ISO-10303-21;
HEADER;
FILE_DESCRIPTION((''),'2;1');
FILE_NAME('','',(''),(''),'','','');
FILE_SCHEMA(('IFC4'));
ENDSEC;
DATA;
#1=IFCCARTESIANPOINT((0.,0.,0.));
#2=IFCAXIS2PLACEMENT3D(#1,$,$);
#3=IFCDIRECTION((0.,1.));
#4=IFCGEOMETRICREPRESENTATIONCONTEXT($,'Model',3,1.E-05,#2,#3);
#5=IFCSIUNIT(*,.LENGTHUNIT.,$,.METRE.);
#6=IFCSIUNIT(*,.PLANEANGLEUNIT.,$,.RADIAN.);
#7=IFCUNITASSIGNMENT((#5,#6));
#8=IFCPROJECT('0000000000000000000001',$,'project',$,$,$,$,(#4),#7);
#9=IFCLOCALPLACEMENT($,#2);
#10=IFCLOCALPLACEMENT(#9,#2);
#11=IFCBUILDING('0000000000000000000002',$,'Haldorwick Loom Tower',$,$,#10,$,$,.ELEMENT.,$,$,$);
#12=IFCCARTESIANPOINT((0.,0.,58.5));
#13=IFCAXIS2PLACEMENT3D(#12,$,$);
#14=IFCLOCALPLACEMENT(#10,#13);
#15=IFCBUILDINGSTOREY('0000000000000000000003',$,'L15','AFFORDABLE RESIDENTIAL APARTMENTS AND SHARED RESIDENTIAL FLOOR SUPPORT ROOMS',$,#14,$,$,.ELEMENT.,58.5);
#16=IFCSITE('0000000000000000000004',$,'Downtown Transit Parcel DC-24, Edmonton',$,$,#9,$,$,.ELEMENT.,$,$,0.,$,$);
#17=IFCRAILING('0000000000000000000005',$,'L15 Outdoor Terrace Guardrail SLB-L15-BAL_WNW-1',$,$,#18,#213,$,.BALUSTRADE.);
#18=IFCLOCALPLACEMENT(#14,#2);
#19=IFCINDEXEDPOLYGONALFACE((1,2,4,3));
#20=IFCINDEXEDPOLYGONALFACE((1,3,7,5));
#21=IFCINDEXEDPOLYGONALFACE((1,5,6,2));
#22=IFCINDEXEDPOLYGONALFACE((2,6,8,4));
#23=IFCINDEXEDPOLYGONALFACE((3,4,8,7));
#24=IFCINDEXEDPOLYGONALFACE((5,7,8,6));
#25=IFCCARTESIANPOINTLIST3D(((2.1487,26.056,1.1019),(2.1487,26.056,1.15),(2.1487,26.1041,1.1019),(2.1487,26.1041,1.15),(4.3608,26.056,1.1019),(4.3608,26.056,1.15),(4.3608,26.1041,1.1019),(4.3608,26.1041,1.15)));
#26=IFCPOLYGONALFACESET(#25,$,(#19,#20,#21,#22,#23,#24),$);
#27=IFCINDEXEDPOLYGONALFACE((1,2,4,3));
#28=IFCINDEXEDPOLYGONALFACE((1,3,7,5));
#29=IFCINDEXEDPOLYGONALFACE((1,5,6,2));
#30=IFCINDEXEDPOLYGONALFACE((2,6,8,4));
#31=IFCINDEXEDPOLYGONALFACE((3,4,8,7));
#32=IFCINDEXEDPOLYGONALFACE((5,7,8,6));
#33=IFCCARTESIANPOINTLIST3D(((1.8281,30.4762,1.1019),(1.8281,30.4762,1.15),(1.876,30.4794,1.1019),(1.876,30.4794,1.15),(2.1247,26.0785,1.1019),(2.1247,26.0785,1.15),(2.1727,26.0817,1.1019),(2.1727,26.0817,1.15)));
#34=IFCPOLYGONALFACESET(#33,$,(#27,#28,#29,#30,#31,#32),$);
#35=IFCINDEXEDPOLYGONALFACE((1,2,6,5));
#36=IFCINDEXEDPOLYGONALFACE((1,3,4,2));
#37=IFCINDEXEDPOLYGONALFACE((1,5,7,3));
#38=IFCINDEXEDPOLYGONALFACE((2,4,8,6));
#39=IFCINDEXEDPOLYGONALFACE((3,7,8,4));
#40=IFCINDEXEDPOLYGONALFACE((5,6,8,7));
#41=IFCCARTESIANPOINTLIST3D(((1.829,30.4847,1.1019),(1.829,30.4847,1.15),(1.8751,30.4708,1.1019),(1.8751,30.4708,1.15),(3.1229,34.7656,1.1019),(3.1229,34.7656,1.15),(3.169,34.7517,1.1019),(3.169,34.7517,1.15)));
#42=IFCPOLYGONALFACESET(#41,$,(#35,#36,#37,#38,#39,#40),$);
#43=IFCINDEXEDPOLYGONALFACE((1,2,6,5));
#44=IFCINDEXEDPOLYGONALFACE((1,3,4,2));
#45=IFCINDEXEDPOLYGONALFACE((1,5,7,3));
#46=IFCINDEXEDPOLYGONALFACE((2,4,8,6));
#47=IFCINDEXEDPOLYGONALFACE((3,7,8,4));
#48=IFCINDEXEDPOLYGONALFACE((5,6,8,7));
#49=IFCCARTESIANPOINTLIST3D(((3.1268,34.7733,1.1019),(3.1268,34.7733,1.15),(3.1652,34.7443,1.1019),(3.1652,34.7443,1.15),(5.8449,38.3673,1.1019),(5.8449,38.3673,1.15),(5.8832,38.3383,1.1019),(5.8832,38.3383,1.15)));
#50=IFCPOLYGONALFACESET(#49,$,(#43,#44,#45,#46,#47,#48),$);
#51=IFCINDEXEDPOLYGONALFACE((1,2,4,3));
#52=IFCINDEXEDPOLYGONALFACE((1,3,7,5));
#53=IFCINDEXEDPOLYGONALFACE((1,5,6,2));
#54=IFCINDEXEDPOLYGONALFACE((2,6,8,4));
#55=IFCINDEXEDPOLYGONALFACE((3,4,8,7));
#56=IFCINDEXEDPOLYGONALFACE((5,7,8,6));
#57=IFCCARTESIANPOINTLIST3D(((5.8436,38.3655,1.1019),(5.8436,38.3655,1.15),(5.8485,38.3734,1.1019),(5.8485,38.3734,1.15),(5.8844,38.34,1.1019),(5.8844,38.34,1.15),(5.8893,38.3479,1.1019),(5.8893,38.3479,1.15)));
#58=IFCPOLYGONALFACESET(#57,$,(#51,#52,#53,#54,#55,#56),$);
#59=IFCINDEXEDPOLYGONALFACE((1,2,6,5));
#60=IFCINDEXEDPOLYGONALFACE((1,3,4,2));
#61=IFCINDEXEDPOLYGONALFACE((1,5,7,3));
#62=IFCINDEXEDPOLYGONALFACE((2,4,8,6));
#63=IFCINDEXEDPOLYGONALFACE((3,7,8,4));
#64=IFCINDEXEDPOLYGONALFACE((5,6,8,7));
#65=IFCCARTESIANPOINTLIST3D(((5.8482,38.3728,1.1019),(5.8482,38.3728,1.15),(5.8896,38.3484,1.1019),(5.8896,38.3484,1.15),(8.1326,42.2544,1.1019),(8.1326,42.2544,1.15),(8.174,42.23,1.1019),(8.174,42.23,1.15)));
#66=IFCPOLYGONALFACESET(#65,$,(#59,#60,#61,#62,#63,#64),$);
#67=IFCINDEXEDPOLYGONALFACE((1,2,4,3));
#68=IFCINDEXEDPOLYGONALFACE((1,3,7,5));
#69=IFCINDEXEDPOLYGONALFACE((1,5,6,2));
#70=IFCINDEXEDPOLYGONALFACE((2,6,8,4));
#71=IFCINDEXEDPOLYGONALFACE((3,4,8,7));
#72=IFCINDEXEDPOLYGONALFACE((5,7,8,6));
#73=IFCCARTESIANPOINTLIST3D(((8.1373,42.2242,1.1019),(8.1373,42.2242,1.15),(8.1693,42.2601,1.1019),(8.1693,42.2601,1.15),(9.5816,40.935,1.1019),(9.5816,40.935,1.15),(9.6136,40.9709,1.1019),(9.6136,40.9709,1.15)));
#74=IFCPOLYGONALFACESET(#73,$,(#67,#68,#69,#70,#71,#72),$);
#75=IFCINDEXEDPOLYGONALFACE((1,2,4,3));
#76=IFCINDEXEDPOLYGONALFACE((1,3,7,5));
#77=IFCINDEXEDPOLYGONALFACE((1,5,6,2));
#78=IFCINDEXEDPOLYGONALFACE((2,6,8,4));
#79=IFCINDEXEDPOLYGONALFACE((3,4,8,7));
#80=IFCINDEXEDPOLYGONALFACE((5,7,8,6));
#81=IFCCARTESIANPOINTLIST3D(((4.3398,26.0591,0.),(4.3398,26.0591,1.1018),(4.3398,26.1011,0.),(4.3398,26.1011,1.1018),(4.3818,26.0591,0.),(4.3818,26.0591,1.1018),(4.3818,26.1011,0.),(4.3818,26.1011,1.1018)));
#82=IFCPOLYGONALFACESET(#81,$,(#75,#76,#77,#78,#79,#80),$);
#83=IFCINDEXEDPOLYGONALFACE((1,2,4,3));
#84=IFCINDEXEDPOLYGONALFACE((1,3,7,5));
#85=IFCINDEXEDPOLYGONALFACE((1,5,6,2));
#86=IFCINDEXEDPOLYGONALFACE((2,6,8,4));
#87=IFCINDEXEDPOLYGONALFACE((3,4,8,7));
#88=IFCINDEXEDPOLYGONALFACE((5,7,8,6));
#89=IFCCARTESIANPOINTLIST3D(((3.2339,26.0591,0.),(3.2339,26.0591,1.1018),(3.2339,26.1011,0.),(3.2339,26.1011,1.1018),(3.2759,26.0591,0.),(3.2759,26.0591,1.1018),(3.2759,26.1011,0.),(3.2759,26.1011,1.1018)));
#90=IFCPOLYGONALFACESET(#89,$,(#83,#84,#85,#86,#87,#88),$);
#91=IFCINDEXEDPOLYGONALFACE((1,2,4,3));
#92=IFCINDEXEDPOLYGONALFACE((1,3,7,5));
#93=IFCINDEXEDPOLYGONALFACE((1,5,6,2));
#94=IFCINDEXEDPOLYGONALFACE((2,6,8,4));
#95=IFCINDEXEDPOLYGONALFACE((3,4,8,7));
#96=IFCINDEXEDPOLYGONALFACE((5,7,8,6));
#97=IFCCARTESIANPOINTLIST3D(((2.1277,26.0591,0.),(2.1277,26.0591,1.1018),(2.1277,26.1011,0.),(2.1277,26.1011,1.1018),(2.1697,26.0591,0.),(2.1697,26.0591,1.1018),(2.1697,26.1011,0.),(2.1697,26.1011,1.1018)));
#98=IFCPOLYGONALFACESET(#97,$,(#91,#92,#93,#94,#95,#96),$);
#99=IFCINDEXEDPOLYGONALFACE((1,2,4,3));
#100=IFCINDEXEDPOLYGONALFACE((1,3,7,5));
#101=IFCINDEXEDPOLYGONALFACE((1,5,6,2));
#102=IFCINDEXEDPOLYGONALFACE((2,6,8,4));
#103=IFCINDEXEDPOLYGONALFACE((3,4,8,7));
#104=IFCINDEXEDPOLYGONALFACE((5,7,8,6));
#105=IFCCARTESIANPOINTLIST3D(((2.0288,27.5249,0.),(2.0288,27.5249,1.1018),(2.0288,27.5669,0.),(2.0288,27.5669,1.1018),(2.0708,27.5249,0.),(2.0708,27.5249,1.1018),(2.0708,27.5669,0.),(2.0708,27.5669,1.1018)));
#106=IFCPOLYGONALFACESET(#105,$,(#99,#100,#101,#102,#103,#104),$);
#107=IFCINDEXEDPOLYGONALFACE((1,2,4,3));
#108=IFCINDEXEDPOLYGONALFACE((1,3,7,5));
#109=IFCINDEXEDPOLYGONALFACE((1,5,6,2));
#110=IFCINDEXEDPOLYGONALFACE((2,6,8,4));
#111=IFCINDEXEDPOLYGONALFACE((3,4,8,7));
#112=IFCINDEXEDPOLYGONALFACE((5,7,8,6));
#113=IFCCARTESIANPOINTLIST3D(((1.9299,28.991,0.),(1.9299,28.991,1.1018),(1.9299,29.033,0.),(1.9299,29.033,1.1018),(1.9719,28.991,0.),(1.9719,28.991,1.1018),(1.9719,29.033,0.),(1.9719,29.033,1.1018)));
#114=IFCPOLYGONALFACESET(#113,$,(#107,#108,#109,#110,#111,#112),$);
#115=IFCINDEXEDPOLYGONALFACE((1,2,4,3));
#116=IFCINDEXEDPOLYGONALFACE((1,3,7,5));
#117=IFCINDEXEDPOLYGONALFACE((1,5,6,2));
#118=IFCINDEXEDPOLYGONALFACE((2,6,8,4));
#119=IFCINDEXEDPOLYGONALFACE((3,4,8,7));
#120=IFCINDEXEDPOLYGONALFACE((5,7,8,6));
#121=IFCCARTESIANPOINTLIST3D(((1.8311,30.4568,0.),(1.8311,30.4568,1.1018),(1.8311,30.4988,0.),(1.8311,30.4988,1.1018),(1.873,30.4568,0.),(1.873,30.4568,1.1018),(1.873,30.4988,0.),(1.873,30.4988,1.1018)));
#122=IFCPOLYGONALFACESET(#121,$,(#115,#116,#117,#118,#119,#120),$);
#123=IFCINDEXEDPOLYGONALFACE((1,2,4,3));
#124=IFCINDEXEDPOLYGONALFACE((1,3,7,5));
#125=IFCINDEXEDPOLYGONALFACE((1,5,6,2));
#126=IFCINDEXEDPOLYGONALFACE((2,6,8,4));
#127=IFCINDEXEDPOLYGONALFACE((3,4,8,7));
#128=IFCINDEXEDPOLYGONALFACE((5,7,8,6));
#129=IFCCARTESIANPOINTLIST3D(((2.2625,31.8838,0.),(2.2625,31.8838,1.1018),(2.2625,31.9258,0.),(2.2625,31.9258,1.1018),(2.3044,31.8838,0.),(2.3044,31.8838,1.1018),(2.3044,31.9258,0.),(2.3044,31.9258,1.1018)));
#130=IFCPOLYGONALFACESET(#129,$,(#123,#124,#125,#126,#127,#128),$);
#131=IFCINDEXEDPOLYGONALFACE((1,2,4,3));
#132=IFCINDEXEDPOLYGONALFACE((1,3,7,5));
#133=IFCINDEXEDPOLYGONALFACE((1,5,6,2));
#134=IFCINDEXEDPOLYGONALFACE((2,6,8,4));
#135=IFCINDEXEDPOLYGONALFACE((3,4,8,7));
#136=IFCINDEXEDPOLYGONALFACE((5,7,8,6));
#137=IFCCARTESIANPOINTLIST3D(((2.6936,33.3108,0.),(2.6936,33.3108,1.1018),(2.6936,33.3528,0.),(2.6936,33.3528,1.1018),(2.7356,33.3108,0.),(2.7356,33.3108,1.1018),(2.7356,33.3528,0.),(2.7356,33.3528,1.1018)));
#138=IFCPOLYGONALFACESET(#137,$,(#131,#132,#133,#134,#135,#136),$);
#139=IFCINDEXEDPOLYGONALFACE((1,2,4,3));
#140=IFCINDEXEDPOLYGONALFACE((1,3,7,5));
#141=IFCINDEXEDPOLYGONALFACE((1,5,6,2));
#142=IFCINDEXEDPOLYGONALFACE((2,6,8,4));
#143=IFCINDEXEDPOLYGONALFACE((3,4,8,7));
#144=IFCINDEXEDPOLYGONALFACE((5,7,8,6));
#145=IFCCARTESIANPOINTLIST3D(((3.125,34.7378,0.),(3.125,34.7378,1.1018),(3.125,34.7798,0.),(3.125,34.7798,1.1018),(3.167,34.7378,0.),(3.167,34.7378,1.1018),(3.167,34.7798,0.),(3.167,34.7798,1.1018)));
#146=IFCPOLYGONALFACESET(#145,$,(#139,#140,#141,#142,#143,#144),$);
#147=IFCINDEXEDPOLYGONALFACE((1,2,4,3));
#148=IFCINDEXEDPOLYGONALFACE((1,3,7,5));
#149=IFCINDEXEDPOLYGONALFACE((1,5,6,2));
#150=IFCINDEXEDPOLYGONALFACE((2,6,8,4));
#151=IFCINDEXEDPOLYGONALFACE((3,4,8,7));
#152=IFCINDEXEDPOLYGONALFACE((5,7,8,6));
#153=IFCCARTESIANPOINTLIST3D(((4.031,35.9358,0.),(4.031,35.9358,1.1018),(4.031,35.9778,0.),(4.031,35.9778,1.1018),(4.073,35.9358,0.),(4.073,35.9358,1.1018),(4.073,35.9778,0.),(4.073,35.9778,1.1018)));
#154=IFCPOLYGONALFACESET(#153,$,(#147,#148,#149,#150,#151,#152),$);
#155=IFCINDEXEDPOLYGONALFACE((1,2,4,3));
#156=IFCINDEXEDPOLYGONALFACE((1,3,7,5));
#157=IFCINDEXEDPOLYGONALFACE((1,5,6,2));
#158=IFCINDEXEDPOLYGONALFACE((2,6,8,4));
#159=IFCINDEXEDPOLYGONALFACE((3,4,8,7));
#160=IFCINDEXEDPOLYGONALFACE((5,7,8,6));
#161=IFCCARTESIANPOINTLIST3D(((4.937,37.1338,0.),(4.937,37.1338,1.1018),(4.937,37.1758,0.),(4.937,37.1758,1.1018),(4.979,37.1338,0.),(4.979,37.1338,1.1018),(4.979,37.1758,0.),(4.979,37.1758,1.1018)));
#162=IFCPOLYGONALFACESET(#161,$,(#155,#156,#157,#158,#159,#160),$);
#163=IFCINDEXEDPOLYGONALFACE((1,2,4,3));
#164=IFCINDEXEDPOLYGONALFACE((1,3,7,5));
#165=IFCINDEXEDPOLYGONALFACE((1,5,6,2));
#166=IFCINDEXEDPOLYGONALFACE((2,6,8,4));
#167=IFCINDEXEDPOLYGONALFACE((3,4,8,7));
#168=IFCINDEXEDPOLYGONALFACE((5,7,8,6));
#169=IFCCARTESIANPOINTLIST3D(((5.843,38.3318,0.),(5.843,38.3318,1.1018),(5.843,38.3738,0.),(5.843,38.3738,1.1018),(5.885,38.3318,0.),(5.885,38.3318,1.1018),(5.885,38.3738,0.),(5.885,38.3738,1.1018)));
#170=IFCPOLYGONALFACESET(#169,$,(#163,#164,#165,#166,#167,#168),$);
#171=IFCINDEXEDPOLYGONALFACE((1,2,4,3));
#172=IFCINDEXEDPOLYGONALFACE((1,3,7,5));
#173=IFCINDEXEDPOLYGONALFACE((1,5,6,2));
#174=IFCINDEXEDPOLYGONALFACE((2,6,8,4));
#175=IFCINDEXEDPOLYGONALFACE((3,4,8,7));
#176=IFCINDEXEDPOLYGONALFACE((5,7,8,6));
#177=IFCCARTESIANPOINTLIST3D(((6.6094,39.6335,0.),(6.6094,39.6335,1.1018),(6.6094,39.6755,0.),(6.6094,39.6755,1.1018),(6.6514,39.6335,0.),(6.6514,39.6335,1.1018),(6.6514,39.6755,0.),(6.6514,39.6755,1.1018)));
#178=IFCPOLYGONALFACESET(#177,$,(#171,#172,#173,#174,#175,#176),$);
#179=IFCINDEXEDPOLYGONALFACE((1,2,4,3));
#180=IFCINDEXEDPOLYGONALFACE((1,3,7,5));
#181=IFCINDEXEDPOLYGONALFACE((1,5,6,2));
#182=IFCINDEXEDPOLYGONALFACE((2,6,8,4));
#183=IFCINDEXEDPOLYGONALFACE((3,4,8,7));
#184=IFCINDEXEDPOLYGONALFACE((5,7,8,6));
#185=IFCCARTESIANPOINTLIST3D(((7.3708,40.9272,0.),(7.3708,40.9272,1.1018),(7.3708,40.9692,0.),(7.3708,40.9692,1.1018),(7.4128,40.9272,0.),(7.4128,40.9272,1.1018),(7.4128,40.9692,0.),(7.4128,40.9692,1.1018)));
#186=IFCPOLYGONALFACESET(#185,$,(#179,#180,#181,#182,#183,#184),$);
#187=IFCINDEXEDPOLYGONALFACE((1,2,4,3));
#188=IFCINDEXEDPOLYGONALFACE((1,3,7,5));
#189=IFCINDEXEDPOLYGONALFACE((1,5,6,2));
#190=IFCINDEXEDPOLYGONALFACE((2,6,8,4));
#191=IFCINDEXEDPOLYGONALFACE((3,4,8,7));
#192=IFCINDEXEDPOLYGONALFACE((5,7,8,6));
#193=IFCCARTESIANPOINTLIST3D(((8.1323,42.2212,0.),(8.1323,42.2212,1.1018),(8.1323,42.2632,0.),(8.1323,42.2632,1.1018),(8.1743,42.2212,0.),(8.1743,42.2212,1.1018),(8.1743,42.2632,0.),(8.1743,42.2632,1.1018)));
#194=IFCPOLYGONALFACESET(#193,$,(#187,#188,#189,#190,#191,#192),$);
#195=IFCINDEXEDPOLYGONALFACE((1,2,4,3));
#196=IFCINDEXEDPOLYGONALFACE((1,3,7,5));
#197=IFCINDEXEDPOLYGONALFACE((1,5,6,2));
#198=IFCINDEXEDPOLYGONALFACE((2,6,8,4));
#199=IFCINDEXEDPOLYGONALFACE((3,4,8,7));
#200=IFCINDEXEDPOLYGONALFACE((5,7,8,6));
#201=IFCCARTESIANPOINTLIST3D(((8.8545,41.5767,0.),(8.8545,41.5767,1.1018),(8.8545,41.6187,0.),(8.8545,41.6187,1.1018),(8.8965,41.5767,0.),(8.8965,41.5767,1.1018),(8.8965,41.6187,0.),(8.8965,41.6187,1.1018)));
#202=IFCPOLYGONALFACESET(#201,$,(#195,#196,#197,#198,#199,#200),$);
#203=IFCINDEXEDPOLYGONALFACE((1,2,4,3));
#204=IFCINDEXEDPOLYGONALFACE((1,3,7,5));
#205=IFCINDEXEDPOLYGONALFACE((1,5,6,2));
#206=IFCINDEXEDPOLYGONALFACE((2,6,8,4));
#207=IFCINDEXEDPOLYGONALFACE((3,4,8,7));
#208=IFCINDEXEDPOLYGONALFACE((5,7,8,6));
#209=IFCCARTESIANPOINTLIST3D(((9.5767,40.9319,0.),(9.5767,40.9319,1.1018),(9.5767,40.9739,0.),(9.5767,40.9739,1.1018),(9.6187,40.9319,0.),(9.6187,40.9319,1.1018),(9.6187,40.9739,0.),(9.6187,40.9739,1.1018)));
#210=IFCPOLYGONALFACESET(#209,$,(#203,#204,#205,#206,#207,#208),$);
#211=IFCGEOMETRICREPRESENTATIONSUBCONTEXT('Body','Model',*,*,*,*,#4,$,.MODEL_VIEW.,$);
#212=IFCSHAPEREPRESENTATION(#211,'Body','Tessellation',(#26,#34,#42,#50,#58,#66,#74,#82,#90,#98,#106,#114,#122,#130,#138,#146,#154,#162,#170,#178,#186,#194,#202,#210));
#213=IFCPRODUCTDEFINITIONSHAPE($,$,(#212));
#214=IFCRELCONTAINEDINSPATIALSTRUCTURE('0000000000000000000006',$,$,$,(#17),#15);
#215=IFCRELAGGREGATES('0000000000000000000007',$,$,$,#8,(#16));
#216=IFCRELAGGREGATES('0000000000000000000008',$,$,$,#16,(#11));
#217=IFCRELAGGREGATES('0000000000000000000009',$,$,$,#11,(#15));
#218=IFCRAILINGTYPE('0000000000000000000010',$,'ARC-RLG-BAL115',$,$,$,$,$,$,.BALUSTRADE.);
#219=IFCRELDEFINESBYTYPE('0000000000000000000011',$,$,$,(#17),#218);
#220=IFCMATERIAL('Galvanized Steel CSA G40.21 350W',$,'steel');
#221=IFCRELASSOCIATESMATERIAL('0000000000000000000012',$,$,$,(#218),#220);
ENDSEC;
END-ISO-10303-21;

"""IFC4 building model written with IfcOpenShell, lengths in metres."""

from ifc_helpers import new_model, si_unit, direction, frame, origin, origin_2d, place, context, subcontext, project, spatial, rectangle, extrude, material, type_object, element, save


model = new_model("IFC4")

# Units and contexts
model_context = context("Model", 3, precision=1e-05, world=origin(), true_north=direction((0.0, 1.0)))
body_context = subcontext(model_context, "Body", "Model", "MODEL_VIEW")
ifc_project = project(units=[si_unit("LENGTHUNIT", "METRE"), si_unit("PLANEANGLEUNIT", "RADIAN")], contexts=[model_context])

# Site, building, storey
site_placement = place(None, origin())
site = spatial("IfcSite", under=ifc_project, at=site_placement, Name="Downtown Transit Parcel DC-24, Edmonton", CompositionType="ELEMENT", RefElevation=0.0)
building_placement = place(site_placement, origin())
building = spatial("IfcBuilding", under=site, at=building_placement, Name="Haldorwick Loom Tower", CompositionType="ELEMENT")
storey_placement = place(building_placement, frame((0.0, 0.0, 58.5)))
storey = spatial("IfcBuildingStorey", under=building, at=storey_placement, Name="L15", Description="AFFORDABLE RESIDENTIAL APARTMENTS AND SHARED RESIDENTIAL FLOOR SUPPORT ROOMS", CompositionType="ELEMENT", Elevation=58.5)

# Railing
ifc_material_1 = material(Name="Galvanized Steel CSA G40.21 350W", Category="steel")
railing_type = type_object("IfcRailingType", Name="ARC-RLG-BAL115", PredefinedType="BALUSTRADE", material=ifc_material_1)
railing_placement = place(storey_placement, frame((4.3608, 26.0801, 0.0)))
element("IfcRailing", 1, at=railing_placement, inside=storey, type_object=railing_type, Name="L15 Outdoor Terrace Guardrail SLB-L15-BAL_WNW-1", PredefinedType="BALUSTRADE", context=body_context, shape_type="SweptSolid", body=[
    extrude(rectangle(XDim=0.0481, YDim=0.0481, at=origin_2d()), frame((0.0, 0.0, 1.126), z_axis=(-1.0, 0.0, 0.0), x_axis=(0.0, -1.0, 0.0)), (0.0, 0.0, 1.0), 2.2122),
    extrude(rectangle(XDim=0.0481, YDim=0.0481, at=origin_2d()), frame((-2.2122, 0.0, 1.126), z_axis=(-0.067298, 0.997733, 0.0), x_axis=(-0.997733, -0.067298, 0.0)), (0.0, 0.0, 1.0), 4.4077),
    extrude(rectangle(XDim=0.0481, YDim=0.0481, at=origin_2d()), frame((-2.5088, 4.3977, 1.126), z_axis=(0.289326, 0.957231, 0.0), x_axis=(-0.957231, 0.289326, 0.0)), (0.0, 0.0, 1.0), 4.4722),
    extrude(rectangle(XDim=0.0481, YDim=0.0481, at=origin_2d()), frame((-1.2148, 8.6787, 1.126), z_axis=(0.603194, 0.797594, 0.0), x_axis=(-0.797594, 0.603194, 0.0)), (0.0, 0.0, 1.0), 4.5061),
    extrude(rectangle(XDim=0.0481, YDim=0.0481, at=origin_2d()), frame((1.5032, 12.2727, 1.126), z_axis=(0.529999, 0.847998, 0.0), x_axis=(-0.847998, 0.529999, 0.0)), (0.0, 0.0, 1.0), 0.0093),
    extrude(rectangle(XDim=0.0481, YDim=0.0481, at=origin_2d()), frame((1.5081, 12.2805, 1.126), z_axis=(0.507207, 0.861824, 0.0), x_axis=(-0.861824, 0.507207, 0.0)), (0.0, 0.0, 1.0), 4.5039),
    extrude(rectangle(XDim=0.0481, YDim=0.0481, at=origin_2d()), frame((3.7925, 16.1621, 1.126), z_axis=(0.746009, -0.665936, 0.0), x_axis=(0.665936, 0.746009, 0.0)), (0.0, 0.0, 1.0), 1.936),
    extrude(rectangle(XDim=0.042, YDim=0.042, at=origin_2d()), origin(), (0.0, 0.0, 1.0), 1.1018),
    extrude(rectangle(XDim=0.042, YDim=0.042, at=origin_2d()), frame((-1.106, 0.0, 0.0)), (0.0, 0.0, 1.0), 1.1018),
    extrude(rectangle(XDim=0.042, YDim=0.042, at=origin_2d()), frame((-2.2122, 0.0, 0.0)), (0.0, 0.0, 1.0), 1.1018),
    extrude(rectangle(XDim=0.042, YDim=0.042, at=origin_2d()), frame((-2.311, 1.4658, 0.0)), (0.0, 0.0, 1.0), 1.1018),
    extrude(rectangle(XDim=0.042, YDim=0.042, at=origin_2d()), frame((-2.4099, 2.9319, 0.0)), (0.0, 0.0, 1.0), 1.1018),
    extrude(rectangle(XDim=0.042, YDim=0.042, at=origin_2d()), frame((-2.5088, 4.3977, 0.0)), (0.0, 0.0, 1.0), 1.1018),
    extrude(rectangle(XDim=0.042, YDim=0.042, at=origin_2d()), frame((-2.0774, 5.8247, 0.0)), (0.0, 0.0, 1.0), 1.1018),
    extrude(rectangle(XDim=0.042, YDim=0.042, at=origin_2d()), frame((-1.6462, 7.2517, 0.0)), (0.0, 0.0, 1.0), 1.1018),
    extrude(rectangle(XDim=0.042, YDim=0.042, at=origin_2d()), frame((-1.2148, 8.6787, 0.0)), (0.0, 0.0, 1.0), 1.1018),
    extrude(rectangle(XDim=0.042, YDim=0.042, at=origin_2d()), frame((-0.3088, 9.8767, 0.0)), (0.0, 0.0, 1.0), 1.1018),
    extrude(rectangle(XDim=0.042, YDim=0.042, at=origin_2d()), frame((0.5972, 11.0747, 0.0)), (0.0, 0.0, 1.0), 1.1018),
    extrude(rectangle(XDim=0.042, YDim=0.042, at=origin_2d()), frame((1.5032, 12.2727, 0.0)), (0.0, 0.0, 1.0), 1.1018),
    extrude(rectangle(XDim=0.042, YDim=0.042, at=origin_2d()), frame((2.2695, 13.5745, 0.0)), (0.0, 0.0, 1.0), 1.1018),
    extrude(rectangle(XDim=0.042, YDim=0.042, at=origin_2d()), frame((3.031, 14.8682, 0.0)), (0.0, 0.0, 1.0), 1.1018),
    extrude(rectangle(XDim=0.042, YDim=0.042, at=origin_2d()), frame((3.7925, 16.1621, 0.0)), (0.0, 0.0, 1.0), 1.1018),
    extrude(rectangle(XDim=0.042, YDim=0.042, at=origin_2d()), frame((4.5146, 15.5176, 0.0)), (0.0, 0.0, 1.0), 1.1018),
    extrude(rectangle(XDim=0.042, YDim=0.042, at=origin_2d()), frame((5.2368, 14.8728, 0.0)), (0.0, 0.0, 1.0), 1.1018),
])

save(model, "model.ifc")
